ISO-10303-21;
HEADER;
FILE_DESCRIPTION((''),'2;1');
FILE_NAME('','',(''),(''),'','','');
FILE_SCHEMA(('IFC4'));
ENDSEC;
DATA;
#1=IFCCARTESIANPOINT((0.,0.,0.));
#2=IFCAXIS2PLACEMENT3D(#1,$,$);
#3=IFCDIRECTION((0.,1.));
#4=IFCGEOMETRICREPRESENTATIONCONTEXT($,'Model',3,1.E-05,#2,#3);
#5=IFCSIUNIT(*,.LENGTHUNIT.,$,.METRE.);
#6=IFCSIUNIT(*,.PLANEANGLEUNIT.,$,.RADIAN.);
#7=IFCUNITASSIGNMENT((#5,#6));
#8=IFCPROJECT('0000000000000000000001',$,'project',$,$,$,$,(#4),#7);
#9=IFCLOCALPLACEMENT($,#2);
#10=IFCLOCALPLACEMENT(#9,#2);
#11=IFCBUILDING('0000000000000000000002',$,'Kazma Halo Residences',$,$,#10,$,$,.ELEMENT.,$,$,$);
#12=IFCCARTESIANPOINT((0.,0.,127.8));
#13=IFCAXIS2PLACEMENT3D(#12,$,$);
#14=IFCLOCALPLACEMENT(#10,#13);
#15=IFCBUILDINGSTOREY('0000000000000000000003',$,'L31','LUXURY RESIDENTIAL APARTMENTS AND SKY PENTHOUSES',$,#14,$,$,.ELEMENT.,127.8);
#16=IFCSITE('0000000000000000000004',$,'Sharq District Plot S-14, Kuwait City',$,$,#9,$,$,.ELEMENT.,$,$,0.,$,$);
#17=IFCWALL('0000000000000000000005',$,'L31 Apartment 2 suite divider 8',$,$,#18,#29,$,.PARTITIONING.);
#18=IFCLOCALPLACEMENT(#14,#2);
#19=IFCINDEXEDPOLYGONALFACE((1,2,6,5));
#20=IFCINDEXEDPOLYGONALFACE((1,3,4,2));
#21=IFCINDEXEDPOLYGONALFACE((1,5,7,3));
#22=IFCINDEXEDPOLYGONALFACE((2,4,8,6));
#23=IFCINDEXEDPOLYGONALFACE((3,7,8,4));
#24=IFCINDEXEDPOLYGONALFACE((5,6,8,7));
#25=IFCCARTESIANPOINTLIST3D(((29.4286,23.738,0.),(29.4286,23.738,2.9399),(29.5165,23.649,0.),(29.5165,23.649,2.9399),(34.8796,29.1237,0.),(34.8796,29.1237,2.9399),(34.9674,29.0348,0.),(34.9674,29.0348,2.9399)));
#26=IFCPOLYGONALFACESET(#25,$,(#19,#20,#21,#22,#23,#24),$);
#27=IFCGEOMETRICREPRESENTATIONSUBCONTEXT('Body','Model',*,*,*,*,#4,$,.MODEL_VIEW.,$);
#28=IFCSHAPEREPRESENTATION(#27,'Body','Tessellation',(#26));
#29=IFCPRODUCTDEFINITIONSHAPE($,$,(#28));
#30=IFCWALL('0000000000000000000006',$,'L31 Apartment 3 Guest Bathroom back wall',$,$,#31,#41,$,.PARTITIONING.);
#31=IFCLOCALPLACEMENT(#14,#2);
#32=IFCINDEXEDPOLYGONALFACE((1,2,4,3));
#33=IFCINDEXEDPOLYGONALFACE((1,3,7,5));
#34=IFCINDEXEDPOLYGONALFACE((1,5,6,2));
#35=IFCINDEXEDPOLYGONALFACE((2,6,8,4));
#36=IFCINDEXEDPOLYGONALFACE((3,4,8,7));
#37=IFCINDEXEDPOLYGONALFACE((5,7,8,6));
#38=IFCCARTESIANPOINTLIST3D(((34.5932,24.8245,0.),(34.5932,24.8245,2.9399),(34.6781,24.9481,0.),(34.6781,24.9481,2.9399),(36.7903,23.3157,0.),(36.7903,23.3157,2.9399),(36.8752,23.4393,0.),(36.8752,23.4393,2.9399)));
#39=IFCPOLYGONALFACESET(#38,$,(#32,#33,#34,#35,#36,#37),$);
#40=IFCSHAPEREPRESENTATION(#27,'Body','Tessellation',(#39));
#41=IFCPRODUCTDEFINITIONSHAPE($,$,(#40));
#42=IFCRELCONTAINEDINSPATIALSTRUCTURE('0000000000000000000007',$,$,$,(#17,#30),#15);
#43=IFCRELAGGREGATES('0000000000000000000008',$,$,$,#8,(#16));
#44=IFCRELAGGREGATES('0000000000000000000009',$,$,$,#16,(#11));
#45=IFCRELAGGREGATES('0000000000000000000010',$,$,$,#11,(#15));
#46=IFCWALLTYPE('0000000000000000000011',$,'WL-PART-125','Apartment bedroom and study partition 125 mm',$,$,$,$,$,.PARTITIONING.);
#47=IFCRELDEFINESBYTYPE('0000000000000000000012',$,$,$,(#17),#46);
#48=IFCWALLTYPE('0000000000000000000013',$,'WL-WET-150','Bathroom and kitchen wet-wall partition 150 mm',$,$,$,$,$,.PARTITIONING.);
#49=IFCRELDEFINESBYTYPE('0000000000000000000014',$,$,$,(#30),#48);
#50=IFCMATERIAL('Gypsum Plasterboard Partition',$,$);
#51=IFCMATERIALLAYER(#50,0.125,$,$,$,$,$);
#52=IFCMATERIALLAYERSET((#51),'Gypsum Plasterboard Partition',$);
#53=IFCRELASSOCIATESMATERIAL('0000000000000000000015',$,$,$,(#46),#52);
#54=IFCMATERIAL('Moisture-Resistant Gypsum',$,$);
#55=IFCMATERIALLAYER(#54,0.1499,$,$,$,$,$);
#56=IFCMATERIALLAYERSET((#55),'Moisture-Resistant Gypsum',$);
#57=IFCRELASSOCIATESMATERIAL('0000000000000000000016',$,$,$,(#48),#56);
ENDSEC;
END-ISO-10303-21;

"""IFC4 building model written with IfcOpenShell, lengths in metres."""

from ifc_helpers import new_model, si_unit, direction, frame, frame_2d, origin, place, context, subcontext, project, spatial, rectangle, extrude, material, layer, layer_set, type_object, element, save


model = new_model("IFC4")

# Units and contexts
model_context = context("Model", 3, precision=1e-05, world=origin(), true_north=direction((0.0, 1.0)))
body_context = subcontext(model_context, "Body", "Model", "MODEL_VIEW")
ifc_project = project(units=[si_unit("LENGTHUNIT", "METRE"), si_unit("PLANEANGLEUNIT", "RADIAN")], contexts=[model_context])

# Site, building, storey
site_placement = place(None, origin())
site = spatial("IfcSite", under=ifc_project, at=site_placement, Name="Sharq District Plot S-14, Kuwait City", CompositionType="ELEMENT", RefElevation=0.0)
building_placement = place(site_placement, origin())
building = spatial("IfcBuilding", under=site, at=building_placement, Name="Kazma Halo Residences", CompositionType="ELEMENT")
storey_placement = place(building_placement, frame((0.0, 0.0, 127.8)))
storey = spatial("IfcBuildingStorey", under=building, at=storey_placement, Name="L31", Description="LUXURY RESIDENTIAL APARTMENTS AND SKY PENTHOUSES", CompositionType="ELEMENT", Elevation=127.8)

# Shared definitions
ifc_material_1 = material(Name="Gypsum Plasterboard Partition")
ifc_layer_1 = layer(ifc_material_1, 0.125)
ifc_layer_set_1 = layer_set([ifc_layer_1], Name="Gypsum Plasterboard Partition")
wall_type_1 = type_object("IfcWallType", Name="WL-PART-125", Description="Apartment bedroom and study partition 125 mm", PredefinedType="PARTITIONING", material=ifc_layer_set_1)

# Walls
wall_1_placement = place(storey_placement, frame((34.9236, 29.0793, 0.0), z_axis=(0.0, 0.0, 1.0), x_axis=(-0.711347, -0.702841, 0.0)))
element("IfcWall", 1, at=wall_1_placement, inside=storey, type_object=wall_type_1, Name="L31 Apartment 2 suite divider 8", PredefinedType="PARTITIONING", context=body_context, shape_type="SweptSolid", body=[
    extrude(rectangle(XDim=7.6628, YDim=0.125, at=frame_2d((3.8315, 0.0))), origin(), (0.0, 0.0, 1.0), 2.9399),
])
ifc_material_2 = material(Name="Moisture-Resistant Gypsum")
ifc_layer_2 = layer(ifc_material_2, 0.1499)
ifc_layer_set_2 = layer_set([ifc_layer_2], Name="Moisture-Resistant Gypsum")
wall_type_2 = type_object("IfcWallType", Name="WL-WET-150", Description="Bathroom and kitchen wet-wall partition 150 mm", PredefinedType="PARTITIONING", material=ifc_layer_set_2)
wall_2_placement = place(storey_placement, frame((34.6357, 24.8862, 0.0), z_axis=(0.0, 0.0, 1.0), x_axis=(0.824333, -0.566105, 0.0)))
element("IfcWall", 2, at=wall_2_placement, inside=storey, type_object=wall_type_2, Name="L31 Apartment 3 Guest Bathroom back wall", PredefinedType="PARTITIONING", context=body_context, shape_type="SweptSolid", body=[
    extrude(rectangle(XDim=2.6653, YDim=0.1499, at=frame_2d((1.3325, 0.0))), origin(), (0.0, 0.0, 1.0), 2.9399),
])

save(model, "model.ifc")
